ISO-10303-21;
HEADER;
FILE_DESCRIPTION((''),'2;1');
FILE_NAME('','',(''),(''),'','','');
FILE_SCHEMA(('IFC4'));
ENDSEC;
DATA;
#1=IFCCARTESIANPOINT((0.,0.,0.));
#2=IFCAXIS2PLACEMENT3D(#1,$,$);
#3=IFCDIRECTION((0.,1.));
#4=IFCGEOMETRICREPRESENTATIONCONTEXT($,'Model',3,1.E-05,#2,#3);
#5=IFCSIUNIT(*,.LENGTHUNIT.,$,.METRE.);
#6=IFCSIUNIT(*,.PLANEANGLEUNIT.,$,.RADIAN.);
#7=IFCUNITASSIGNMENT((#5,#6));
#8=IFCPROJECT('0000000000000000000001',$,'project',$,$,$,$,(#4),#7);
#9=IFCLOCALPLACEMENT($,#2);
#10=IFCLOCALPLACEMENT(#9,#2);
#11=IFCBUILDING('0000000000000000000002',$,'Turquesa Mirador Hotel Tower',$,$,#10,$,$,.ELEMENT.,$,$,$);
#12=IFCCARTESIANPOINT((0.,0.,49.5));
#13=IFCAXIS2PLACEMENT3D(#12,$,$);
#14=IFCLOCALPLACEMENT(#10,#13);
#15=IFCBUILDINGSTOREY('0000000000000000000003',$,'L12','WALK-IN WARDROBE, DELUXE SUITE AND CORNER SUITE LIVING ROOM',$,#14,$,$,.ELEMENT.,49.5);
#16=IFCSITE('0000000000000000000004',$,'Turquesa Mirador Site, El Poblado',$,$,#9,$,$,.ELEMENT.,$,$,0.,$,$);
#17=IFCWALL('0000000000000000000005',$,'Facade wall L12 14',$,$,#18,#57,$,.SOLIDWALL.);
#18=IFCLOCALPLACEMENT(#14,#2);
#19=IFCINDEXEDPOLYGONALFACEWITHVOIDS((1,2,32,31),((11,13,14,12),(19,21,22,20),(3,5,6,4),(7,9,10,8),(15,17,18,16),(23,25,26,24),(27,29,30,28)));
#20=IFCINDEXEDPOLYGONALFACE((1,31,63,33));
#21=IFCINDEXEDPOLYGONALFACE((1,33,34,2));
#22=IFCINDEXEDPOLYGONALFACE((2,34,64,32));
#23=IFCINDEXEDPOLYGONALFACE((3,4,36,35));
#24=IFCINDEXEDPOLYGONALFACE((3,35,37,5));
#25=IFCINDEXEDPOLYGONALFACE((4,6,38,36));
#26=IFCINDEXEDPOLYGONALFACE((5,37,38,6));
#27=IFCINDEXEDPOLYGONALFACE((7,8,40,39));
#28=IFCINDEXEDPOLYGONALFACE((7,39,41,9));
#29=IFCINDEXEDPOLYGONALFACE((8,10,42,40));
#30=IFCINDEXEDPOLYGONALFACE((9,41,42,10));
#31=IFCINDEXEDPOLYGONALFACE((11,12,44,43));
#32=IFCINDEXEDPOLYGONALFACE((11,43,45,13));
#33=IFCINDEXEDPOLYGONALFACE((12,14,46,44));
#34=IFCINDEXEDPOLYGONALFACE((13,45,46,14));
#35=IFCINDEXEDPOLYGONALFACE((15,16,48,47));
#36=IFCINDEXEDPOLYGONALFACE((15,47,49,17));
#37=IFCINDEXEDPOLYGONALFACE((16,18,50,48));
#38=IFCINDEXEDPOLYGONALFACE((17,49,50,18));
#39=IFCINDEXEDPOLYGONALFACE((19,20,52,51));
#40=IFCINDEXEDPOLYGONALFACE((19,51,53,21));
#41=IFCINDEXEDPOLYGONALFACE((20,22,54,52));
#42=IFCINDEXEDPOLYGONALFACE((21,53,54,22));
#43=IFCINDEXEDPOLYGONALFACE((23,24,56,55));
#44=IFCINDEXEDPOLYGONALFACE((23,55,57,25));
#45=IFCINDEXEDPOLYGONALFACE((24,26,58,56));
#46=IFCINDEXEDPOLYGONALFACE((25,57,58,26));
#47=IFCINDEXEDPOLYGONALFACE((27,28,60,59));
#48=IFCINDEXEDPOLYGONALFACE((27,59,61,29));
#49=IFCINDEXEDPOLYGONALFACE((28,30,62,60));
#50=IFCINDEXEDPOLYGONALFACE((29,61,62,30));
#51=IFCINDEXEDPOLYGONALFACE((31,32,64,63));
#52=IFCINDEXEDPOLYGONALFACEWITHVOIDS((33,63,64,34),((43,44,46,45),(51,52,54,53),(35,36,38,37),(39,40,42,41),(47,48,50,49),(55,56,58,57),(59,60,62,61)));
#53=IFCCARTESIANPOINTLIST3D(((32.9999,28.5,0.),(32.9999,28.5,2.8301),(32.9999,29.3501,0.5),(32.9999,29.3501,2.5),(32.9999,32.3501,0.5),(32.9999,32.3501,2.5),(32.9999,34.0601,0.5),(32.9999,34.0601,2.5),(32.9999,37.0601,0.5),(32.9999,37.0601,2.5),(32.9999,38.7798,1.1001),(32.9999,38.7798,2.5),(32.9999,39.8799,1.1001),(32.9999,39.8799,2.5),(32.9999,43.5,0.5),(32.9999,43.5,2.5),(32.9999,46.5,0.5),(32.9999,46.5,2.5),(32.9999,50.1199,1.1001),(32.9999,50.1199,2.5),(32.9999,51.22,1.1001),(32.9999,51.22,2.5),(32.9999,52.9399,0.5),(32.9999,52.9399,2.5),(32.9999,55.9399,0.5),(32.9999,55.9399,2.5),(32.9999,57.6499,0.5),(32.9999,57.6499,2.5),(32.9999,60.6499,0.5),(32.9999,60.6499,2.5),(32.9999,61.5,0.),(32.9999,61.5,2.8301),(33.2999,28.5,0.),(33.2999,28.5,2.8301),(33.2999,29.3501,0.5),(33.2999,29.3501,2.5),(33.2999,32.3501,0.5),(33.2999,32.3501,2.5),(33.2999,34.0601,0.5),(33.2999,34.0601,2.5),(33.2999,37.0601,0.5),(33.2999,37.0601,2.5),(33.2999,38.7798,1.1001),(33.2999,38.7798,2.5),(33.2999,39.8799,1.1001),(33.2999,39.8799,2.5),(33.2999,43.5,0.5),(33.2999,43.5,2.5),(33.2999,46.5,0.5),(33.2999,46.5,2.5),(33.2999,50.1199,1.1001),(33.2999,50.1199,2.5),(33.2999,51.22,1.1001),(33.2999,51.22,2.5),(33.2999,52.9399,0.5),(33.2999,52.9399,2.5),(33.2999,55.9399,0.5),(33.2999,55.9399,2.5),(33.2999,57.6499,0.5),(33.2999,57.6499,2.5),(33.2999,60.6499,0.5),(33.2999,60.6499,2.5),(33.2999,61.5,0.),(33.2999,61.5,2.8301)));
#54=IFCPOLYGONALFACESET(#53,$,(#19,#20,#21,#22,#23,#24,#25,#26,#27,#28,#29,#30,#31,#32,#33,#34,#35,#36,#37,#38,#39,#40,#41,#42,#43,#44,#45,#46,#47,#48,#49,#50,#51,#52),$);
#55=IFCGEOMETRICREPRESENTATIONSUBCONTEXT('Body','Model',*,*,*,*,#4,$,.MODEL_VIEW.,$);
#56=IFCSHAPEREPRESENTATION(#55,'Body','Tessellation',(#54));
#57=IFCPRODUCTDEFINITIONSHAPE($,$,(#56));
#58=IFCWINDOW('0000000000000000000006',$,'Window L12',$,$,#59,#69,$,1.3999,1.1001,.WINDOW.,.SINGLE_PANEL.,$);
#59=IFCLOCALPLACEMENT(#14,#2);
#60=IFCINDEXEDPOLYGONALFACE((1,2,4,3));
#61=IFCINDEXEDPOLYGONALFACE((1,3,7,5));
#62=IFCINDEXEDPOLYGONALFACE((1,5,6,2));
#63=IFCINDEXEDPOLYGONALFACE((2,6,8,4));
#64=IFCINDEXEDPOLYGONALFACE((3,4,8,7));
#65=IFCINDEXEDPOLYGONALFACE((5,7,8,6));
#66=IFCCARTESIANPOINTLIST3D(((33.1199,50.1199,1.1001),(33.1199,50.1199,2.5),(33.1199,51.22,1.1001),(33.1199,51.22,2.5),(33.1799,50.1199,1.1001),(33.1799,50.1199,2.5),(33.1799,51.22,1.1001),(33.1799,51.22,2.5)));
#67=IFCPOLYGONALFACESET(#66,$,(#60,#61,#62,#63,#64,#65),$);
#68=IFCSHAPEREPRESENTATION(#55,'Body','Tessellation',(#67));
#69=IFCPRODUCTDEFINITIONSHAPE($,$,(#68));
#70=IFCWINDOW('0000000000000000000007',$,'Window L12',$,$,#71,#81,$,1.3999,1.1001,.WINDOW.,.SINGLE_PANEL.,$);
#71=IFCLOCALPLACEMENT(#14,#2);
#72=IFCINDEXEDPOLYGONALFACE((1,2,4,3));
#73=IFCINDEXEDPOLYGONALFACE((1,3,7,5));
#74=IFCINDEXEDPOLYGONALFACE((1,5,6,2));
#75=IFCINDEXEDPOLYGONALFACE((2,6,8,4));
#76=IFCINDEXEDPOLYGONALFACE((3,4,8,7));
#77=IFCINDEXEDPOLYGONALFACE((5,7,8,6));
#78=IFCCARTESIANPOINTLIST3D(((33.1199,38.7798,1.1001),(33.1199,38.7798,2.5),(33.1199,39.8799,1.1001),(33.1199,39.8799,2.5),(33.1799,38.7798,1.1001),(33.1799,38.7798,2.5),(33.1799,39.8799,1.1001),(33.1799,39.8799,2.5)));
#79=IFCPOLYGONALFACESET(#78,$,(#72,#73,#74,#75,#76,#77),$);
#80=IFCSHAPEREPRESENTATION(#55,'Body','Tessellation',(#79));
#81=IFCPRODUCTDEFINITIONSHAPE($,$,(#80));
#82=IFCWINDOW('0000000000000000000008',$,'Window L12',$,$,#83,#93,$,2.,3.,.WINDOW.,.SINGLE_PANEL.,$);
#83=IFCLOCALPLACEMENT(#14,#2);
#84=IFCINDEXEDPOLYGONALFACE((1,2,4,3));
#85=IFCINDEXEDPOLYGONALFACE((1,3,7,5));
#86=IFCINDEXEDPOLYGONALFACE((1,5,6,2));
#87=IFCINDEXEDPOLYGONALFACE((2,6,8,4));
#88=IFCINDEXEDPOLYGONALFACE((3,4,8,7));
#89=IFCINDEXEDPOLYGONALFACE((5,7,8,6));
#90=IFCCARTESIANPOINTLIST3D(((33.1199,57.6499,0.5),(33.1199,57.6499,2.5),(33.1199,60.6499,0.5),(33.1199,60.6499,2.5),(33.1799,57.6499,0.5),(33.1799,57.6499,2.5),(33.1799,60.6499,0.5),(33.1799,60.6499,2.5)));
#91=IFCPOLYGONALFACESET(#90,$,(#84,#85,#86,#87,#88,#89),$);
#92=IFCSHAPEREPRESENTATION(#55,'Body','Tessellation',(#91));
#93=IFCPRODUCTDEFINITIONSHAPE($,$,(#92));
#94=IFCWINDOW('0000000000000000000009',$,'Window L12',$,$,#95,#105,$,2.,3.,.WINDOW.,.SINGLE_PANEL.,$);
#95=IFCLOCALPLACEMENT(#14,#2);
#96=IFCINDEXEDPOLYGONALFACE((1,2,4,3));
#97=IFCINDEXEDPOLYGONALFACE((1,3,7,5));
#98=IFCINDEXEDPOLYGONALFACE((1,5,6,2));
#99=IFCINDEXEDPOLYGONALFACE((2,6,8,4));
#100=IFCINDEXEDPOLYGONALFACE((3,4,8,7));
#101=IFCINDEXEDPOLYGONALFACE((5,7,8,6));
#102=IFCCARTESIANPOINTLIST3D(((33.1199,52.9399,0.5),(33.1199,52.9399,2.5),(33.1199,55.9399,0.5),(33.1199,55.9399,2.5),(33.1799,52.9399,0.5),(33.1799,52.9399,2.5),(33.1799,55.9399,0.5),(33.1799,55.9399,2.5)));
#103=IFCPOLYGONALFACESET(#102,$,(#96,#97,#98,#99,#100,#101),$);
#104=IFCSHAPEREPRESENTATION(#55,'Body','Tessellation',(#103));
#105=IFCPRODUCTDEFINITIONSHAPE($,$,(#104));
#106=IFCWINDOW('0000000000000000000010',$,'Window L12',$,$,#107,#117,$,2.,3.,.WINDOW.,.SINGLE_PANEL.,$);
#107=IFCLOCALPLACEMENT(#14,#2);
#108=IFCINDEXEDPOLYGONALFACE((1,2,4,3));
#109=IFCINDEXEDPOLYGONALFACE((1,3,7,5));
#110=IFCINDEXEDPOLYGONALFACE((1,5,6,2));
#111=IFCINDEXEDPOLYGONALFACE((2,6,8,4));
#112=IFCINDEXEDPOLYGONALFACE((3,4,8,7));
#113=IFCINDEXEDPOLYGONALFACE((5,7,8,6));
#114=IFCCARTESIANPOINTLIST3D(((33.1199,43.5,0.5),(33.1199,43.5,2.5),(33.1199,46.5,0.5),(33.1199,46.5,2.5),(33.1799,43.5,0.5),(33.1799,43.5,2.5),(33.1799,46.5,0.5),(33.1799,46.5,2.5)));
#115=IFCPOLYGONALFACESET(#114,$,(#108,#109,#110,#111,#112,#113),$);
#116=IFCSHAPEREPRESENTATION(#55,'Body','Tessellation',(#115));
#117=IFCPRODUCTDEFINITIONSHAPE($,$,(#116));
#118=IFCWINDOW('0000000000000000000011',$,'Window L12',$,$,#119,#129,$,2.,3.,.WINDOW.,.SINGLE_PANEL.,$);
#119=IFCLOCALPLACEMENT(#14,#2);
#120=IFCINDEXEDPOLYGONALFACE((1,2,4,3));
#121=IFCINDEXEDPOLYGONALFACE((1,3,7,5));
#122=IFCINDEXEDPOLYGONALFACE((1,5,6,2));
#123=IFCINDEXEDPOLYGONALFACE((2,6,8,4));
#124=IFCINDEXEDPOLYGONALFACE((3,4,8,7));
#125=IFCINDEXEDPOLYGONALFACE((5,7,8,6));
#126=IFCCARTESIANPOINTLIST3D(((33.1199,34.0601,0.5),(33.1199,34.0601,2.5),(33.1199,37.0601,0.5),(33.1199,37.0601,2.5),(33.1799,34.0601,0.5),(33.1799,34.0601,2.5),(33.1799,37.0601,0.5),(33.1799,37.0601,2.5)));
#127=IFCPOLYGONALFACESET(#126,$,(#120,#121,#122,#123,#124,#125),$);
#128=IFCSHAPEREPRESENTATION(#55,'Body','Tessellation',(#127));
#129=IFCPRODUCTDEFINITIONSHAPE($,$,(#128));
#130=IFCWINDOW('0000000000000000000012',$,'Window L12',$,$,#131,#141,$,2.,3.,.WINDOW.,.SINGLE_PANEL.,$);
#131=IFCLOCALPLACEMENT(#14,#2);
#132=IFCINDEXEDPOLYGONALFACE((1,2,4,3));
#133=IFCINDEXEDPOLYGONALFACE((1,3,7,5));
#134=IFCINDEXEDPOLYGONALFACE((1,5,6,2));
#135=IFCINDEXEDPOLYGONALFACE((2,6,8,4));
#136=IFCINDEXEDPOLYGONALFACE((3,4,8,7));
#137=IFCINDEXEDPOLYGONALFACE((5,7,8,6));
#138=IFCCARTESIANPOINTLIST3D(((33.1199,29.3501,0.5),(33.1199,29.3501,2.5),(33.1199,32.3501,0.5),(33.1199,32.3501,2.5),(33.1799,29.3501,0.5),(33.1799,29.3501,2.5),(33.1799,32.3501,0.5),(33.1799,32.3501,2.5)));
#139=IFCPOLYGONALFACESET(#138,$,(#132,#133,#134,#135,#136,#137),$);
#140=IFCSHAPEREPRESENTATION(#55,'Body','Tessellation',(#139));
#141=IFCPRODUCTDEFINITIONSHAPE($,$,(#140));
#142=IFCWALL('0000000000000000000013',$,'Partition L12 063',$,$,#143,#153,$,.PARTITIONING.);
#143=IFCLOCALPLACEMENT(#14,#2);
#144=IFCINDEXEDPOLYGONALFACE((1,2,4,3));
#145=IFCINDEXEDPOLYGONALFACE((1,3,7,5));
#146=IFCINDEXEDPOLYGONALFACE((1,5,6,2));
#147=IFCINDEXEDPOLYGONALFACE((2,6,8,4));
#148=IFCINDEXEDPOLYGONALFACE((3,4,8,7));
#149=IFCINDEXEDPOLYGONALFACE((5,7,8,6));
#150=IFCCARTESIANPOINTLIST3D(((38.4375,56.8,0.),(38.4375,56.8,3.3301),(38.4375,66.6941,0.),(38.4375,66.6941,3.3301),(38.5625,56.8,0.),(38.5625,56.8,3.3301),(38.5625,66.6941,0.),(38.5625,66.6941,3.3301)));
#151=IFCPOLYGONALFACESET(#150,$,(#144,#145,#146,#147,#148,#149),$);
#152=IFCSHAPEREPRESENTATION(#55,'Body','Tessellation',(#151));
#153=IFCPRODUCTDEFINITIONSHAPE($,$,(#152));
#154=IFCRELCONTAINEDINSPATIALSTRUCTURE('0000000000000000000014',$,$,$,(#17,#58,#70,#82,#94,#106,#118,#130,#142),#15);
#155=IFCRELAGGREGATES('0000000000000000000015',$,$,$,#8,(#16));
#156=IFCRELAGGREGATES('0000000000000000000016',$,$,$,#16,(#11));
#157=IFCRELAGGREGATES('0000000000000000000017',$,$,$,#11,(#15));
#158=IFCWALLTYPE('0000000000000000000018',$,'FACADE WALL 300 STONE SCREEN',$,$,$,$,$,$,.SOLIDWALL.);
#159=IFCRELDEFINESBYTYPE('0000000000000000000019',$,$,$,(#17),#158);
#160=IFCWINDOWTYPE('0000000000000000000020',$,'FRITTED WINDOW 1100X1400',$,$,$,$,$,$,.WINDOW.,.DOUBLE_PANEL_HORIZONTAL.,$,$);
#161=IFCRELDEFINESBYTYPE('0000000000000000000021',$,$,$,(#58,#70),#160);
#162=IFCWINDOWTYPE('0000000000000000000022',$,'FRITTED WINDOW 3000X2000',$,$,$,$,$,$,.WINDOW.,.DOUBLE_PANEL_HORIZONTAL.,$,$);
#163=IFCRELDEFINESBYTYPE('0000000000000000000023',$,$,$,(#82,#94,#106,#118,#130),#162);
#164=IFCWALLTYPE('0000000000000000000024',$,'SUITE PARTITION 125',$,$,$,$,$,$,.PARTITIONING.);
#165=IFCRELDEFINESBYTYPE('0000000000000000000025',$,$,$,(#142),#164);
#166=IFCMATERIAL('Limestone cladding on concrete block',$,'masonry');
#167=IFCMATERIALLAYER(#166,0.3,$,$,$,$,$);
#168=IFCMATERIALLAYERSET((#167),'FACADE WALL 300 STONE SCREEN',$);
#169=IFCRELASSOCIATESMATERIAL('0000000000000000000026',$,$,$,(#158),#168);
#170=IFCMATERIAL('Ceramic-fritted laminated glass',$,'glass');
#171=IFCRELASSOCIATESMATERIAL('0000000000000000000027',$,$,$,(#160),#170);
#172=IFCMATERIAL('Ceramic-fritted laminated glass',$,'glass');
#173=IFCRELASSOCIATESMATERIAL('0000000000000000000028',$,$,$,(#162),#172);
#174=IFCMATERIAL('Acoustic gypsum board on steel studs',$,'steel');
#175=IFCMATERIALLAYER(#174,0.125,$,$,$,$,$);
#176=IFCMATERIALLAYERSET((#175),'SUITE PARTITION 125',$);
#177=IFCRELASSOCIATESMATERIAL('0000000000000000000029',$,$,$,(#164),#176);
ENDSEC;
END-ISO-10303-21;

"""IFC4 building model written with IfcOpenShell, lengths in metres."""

from ifc_helpers import new_model, si_unit, direction, frame, frame_2d, origin, place, context, subcontext, project, spatial, rectangle, extrude, material, layer, layer_set, type_object, element, fill, save


model = new_model("IFC4")

# Units and contexts
model_context = context("Model", 3, precision=1e-05, world=origin(), true_north=direction((0.0, 1.0)))
body_context = subcontext(model_context, "Body", "Model", "MODEL_VIEW")
ifc_project = project(units=[si_unit("LENGTHUNIT", "METRE"), si_unit("PLANEANGLEUNIT", "RADIAN")], contexts=[model_context])

# Site, building, storey
site_placement = place(None, origin())
site = spatial("IfcSite", under=ifc_project, at=site_placement, Name="Turquesa Mirador Site, El Poblado", CompositionType="ELEMENT", RefElevation=0.0)
building_placement = place(site_placement, origin())
building = spatial("IfcBuilding", under=site, at=building_placement, Name="Turquesa Mirador Hotel Tower", CompositionType="ELEMENT")
storey_placement = place(building_placement, frame((0.0, 0.0, 49.5)))
storey = spatial("IfcBuildingStorey", under=building, at=storey_placement, Name="L12", Description="WALK-IN WARDROBE, DELUXE SUITE AND CORNER SUITE LIVING ROOM", CompositionType="ELEMENT", Elevation=49.5)

# Shared definitions
ifc_material_1 = material(Name="Limestone cladding on concrete block", Category="masonry")
ifc_layer_1 = layer(ifc_material_1, 0.3)
ifc_layer_set_1 = layer_set([ifc_layer_1], Name="FACADE WALL 300 STONE SCREEN")
wall_type_1 = type_object("IfcWallType", Name="FACADE WALL 300 STONE SCREEN", PredefinedType="SOLIDWALL", material=ifc_layer_set_1)

# Wall, openings, windows
wall_1_placement = place(storey_placement, frame((33.1499, 61.5, 0.0), z_axis=(0.0, 0.0, 1.0), x_axis=(0.0, -1.0, 0.0)))
wall_1 = element("IfcWall", 1, at=wall_1_placement, inside=storey, type_object=wall_type_1, Name="Facade wall L12 14", PredefinedType="SOLIDWALL", context=body_context, shape_type="SweptSolid", body=[
    extrude(rectangle(XDim=33.0, YDim=0.3, at=frame_2d((16.5, 0.0))), origin(), (0.0, 0.0, 1.0), 2.8301),
])
opening_1_placement = place(wall_1_placement, frame((0.8501, 0.0, 0.5)))
opening_1 = element("IfcOpeningElement", 2, at=opening_1_placement, cuts=wall_1, PredefinedType="OPENING", context=body_context, shape_type="SweptSolid", body=[
    extrude(rectangle(XDim=3.0, YDim=2.0, at=frame_2d((1.5, 1.0))), frame((0.0, 0.1599, 0.0), z_axis=(0.0, -1.0, 0.0), x_axis=(1.0, 0.0, 0.0)), (0.0, 0.0, 1.0), 0.3201),
])
opening_2_placement = place(wall_1_placement, frame((5.5601, 0.0, 0.5)))
opening_2 = element("IfcOpeningElement", 3, at=opening_2_placement, cuts=wall_1, PredefinedType="OPENING", context=body_context, shape_type="SweptSolid", body=[
    extrude(rectangle(XDim=3.0, YDim=2.0, at=frame_2d((1.5, 1.0))), frame((0.0, 0.1599, 0.0), z_axis=(0.0, -1.0, 0.0), x_axis=(1.0, 0.0, 0.0)), (0.0, 0.0, 1.0), 0.3201),
])
opening_3_placement = place(wall_1_placement, frame((10.28, 0.0, 1.1001)))
opening_3 = element("IfcOpeningElement", 4, at=opening_3_placement, cuts=wall_1, PredefinedType="OPENING", context=body_context, shape_type="SweptSolid", body=[
    extrude(rectangle(XDim=1.1001, YDim=1.3999, at=frame_2d((0.55, 0.7))), frame((0.0, 0.1599, 0.0), z_axis=(0.0, -1.0, 0.0), x_axis=(1.0, 0.0, 0.0)), (0.0, 0.0, 1.0), 0.3201),
])
opening_4_placement = place(wall_1_placement, frame((15.0, 0.0, 0.5)))
opening_4 = element("IfcOpeningElement", 5, at=opening_4_placement, cuts=wall_1, PredefinedType="OPENING", context=body_context, shape_type="SweptSolid", body=[
    extrude(rectangle(XDim=3.0, YDim=2.0, at=frame_2d((1.5, 1.0))), frame((0.0, 0.1599, 0.0), z_axis=(0.0, -1.0, 0.0), x_axis=(1.0, 0.0, 0.0)), (0.0, 0.0, 1.0), 0.3201),
])
opening_5_placement = place(wall_1_placement, frame((21.6201, 0.0, 1.1001)))
opening_5 = element("IfcOpeningElement", 6, at=opening_5_placement, cuts=wall_1, PredefinedType="OPENING", context=body_context, shape_type="SweptSolid", body=[
    extrude(rectangle(XDim=1.1001, YDim=1.3999, at=frame_2d((0.55, 0.7))), frame((0.0, 0.1599, 0.0), z_axis=(0.0, -1.0, 0.0), x_axis=(1.0, 0.0, 0.0)), (0.0, 0.0, 1.0), 0.3201),
])
opening_6_placement = place(wall_1_placement, frame((24.4399, 0.0, 0.5)))
opening_6 = element("IfcOpeningElement", 7, at=opening_6_placement, cuts=wall_1, PredefinedType="OPENING", context=body_context, shape_type="SweptSolid", body=[
    extrude(rectangle(XDim=3.0, YDim=2.0, at=frame_2d((1.5, 1.0))), frame((0.0, 0.1599, 0.0), z_axis=(0.0, -1.0, 0.0), x_axis=(1.0, 0.0, 0.0)), (0.0, 0.0, 1.0), 0.3201),
])
opening_7_placement = place(wall_1_placement, frame((29.1499, 0.0, 0.5)))
opening_7 = element("IfcOpeningElement", 8, at=opening_7_placement, cuts=wall_1, PredefinedType="OPENING", context=body_context, shape_type="SweptSolid", body=[
    extrude(rectangle(XDim=3.0, YDim=2.0, at=frame_2d((1.5, 1.0))), frame((0.0, 0.1599, 0.0), z_axis=(0.0, -1.0, 0.0), x_axis=(1.0, 0.0, 0.0)), (0.0, 0.0, 1.0), 0.3201),
])
ifc_material_2 = material(Name="Ceramic-fritted laminated glass", Category="glass")
window_type_1 = type_object("IfcWindowType", Name="FRITTED WINDOW 1100X1400", PartitioningType="DOUBLE_PANEL_HORIZONTAL", PredefinedType="WINDOW", material=ifc_material_2)
window_1_placement = place(opening_3_placement, origin())
window_1 = element("IfcWindow", 9, at=window_1_placement, inside=storey, type_object=window_type_1, Name="Window L12", OverallHeight=1.3999, OverallWidth=1.1001, PartitioningType="SINGLE_PANEL", PredefinedType="WINDOW", context=body_context, shape_type="SweptSolid", body=[
    extrude(rectangle(XDim=1.1001, YDim=1.3999, at=frame_2d((0.55, 0.7))), frame((0.0, 0.03, 0.0), z_axis=(0.0, -1.0, 0.0), x_axis=(1.0, 0.0, 0.0)), (0.0, 0.0, 1.0), 0.0601),
])
fill(opening_3, window_1)
window_2_placement = place(opening_5_placement, origin())
window_2 = element("IfcWindow", 10, at=window_2_placement, inside=storey, type_object=window_type_1, Name="Window L12", OverallHeight=1.3999, OverallWidth=1.1001, PartitioningType="SINGLE_PANEL", PredefinedType="WINDOW", context=body_context, shape_type="SweptSolid", body=[
    extrude(rectangle(XDim=1.1001, YDim=1.3999, at=frame_2d((0.55, 0.7))), frame((0.0, 0.03, 0.0), z_axis=(0.0, -1.0, 0.0), x_axis=(1.0, 0.0, 0.0)), (0.0, 0.0, 1.0), 0.0601),
])
fill(opening_5, window_2)
ifc_material_3 = material(Name="Ceramic-fritted laminated glass", Category="glass")
window_type_2 = type_object("IfcWindowType", Name="FRITTED WINDOW 3000X2000", PartitioningType="DOUBLE_PANEL_HORIZONTAL", PredefinedType="WINDOW", material=ifc_material_3)
window_3_placement = place(opening_1_placement, origin())
window_3 = element("IfcWindow", 11, at=window_3_placement, inside=storey, type_object=window_type_2, Name="Window L12", OverallHeight=2.0, OverallWidth=3.0, PartitioningType="SINGLE_PANEL", PredefinedType="WINDOW", context=body_context, shape_type="SweptSolid", body=[
    extrude(rectangle(XDim=3.0, YDim=2.0, at=frame_2d((1.5, 1.0))), frame((0.0, 0.03, 0.0), z_axis=(0.0, -1.0, 0.0), x_axis=(1.0, 0.0, 0.0)), (0.0, 0.0, 1.0), 0.0601),
])
fill(opening_1, window_3)
window_4_placement = place(opening_2_placement, origin())
window_4 = element("IfcWindow", 12, at=window_4_placement, inside=storey, type_object=window_type_2, Name="Window L12", OverallHeight=2.0, OverallWidth=3.0, PartitioningType="SINGLE_PANEL", PredefinedType="WINDOW", context=body_context, shape_type="SweptSolid", body=[
    extrude(rectangle(XDim=3.0, YDim=2.0, at=frame_2d((1.5, 1.0))), frame((0.0, 0.03, 0.0), z_axis=(0.0, -1.0, 0.0), x_axis=(1.0, 0.0, 0.0)), (0.0, 0.0, 1.0), 0.0601),
])
fill(opening_2, window_4)
window_5_placement = place(opening_4_placement, origin())
window_5 = element("IfcWindow", 13, at=window_5_placement, inside=storey, type_object=window_type_2, Name="Window L12", OverallHeight=2.0, OverallWidth=3.0, PartitioningType="SINGLE_PANEL", PredefinedType="WINDOW", context=body_context, shape_type="SweptSolid", body=[
    extrude(rectangle(XDim=3.0, YDim=2.0, at=frame_2d((1.5, 1.0))), frame((0.0, 0.03, 0.0), z_axis=(0.0, -1.0, 0.0), x_axis=(1.0, 0.0, 0.0)), (0.0, 0.0, 1.0), 0.0601),
])
fill(opening_4, window_5)
window_6_placement = place(opening_6_placement, origin())
window_6 = element("IfcWindow", 14, at=window_6_placement, inside=storey, type_object=window_type_2, Name="Window L12", OverallHeight=2.0, OverallWidth=3.0, PartitioningType="SINGLE_PANEL", PredefinedType="WINDOW", context=body_context, shape_type="SweptSolid", body=[
    extrude(rectangle(XDim=3.0, YDim=2.0, at=frame_2d((1.5, 1.0))), frame((0.0, 0.03, 0.0), z_axis=(0.0, -1.0, 0.0), x_axis=(1.0, 0.0, 0.0)), (0.0, 0.0, 1.0), 0.0601),
])
fill(opening_6, window_6)
window_7_placement = place(opening_7_placement, origin())
window_7 = element("IfcWindow", 15, at=window_7_placement, inside=storey, type_object=window_type_2, Name="Window L12", OverallHeight=2.0, OverallWidth=3.0, PartitioningType="SINGLE_PANEL", PredefinedType="WINDOW", context=body_context, shape_type="SweptSolid", body=[
    extrude(rectangle(XDim=3.0, YDim=2.0, at=frame_2d((1.5, 1.0))), frame((0.0, 0.03, 0.0), z_axis=(0.0, -1.0, 0.0), x_axis=(1.0, 0.0, 0.0)), (0.0, 0.0, 1.0), 0.0601),
])
fill(opening_7, window_7)

# Wall
ifc_material_4 = material(Name="Acoustic gypsum board on steel studs", Category="steel")
ifc_layer_2 = layer(ifc_material_4, 0.125)
ifc_layer_set_2 = layer_set([ifc_layer_2], Name="SUITE PARTITION 125")
wall_type_2 = type_object("IfcWallType", Name="SUITE PARTITION 125", PredefinedType="PARTITIONING", material=ifc_layer_set_2)
wall_2_placement = place(storey_placement, frame((38.5, 56.8, 0.0), z_axis=(0.0, 0.0, 1.0), x_axis=(0.0, 1.0, 0.0)))
element("IfcWall", 16, at=wall_2_placement, inside=storey, type_object=wall_type_2, Name="Partition L12 063", PredefinedType="PARTITIONING", context=body_context, shape_type="SweptSolid", body=[
    extrude(rectangle(XDim=9.894, YDim=0.125, at=frame_2d((4.947, 0.0))), origin(), (0.0, 0.0, 1.0), 3.3301),
])

save(model, "model.ifc")
